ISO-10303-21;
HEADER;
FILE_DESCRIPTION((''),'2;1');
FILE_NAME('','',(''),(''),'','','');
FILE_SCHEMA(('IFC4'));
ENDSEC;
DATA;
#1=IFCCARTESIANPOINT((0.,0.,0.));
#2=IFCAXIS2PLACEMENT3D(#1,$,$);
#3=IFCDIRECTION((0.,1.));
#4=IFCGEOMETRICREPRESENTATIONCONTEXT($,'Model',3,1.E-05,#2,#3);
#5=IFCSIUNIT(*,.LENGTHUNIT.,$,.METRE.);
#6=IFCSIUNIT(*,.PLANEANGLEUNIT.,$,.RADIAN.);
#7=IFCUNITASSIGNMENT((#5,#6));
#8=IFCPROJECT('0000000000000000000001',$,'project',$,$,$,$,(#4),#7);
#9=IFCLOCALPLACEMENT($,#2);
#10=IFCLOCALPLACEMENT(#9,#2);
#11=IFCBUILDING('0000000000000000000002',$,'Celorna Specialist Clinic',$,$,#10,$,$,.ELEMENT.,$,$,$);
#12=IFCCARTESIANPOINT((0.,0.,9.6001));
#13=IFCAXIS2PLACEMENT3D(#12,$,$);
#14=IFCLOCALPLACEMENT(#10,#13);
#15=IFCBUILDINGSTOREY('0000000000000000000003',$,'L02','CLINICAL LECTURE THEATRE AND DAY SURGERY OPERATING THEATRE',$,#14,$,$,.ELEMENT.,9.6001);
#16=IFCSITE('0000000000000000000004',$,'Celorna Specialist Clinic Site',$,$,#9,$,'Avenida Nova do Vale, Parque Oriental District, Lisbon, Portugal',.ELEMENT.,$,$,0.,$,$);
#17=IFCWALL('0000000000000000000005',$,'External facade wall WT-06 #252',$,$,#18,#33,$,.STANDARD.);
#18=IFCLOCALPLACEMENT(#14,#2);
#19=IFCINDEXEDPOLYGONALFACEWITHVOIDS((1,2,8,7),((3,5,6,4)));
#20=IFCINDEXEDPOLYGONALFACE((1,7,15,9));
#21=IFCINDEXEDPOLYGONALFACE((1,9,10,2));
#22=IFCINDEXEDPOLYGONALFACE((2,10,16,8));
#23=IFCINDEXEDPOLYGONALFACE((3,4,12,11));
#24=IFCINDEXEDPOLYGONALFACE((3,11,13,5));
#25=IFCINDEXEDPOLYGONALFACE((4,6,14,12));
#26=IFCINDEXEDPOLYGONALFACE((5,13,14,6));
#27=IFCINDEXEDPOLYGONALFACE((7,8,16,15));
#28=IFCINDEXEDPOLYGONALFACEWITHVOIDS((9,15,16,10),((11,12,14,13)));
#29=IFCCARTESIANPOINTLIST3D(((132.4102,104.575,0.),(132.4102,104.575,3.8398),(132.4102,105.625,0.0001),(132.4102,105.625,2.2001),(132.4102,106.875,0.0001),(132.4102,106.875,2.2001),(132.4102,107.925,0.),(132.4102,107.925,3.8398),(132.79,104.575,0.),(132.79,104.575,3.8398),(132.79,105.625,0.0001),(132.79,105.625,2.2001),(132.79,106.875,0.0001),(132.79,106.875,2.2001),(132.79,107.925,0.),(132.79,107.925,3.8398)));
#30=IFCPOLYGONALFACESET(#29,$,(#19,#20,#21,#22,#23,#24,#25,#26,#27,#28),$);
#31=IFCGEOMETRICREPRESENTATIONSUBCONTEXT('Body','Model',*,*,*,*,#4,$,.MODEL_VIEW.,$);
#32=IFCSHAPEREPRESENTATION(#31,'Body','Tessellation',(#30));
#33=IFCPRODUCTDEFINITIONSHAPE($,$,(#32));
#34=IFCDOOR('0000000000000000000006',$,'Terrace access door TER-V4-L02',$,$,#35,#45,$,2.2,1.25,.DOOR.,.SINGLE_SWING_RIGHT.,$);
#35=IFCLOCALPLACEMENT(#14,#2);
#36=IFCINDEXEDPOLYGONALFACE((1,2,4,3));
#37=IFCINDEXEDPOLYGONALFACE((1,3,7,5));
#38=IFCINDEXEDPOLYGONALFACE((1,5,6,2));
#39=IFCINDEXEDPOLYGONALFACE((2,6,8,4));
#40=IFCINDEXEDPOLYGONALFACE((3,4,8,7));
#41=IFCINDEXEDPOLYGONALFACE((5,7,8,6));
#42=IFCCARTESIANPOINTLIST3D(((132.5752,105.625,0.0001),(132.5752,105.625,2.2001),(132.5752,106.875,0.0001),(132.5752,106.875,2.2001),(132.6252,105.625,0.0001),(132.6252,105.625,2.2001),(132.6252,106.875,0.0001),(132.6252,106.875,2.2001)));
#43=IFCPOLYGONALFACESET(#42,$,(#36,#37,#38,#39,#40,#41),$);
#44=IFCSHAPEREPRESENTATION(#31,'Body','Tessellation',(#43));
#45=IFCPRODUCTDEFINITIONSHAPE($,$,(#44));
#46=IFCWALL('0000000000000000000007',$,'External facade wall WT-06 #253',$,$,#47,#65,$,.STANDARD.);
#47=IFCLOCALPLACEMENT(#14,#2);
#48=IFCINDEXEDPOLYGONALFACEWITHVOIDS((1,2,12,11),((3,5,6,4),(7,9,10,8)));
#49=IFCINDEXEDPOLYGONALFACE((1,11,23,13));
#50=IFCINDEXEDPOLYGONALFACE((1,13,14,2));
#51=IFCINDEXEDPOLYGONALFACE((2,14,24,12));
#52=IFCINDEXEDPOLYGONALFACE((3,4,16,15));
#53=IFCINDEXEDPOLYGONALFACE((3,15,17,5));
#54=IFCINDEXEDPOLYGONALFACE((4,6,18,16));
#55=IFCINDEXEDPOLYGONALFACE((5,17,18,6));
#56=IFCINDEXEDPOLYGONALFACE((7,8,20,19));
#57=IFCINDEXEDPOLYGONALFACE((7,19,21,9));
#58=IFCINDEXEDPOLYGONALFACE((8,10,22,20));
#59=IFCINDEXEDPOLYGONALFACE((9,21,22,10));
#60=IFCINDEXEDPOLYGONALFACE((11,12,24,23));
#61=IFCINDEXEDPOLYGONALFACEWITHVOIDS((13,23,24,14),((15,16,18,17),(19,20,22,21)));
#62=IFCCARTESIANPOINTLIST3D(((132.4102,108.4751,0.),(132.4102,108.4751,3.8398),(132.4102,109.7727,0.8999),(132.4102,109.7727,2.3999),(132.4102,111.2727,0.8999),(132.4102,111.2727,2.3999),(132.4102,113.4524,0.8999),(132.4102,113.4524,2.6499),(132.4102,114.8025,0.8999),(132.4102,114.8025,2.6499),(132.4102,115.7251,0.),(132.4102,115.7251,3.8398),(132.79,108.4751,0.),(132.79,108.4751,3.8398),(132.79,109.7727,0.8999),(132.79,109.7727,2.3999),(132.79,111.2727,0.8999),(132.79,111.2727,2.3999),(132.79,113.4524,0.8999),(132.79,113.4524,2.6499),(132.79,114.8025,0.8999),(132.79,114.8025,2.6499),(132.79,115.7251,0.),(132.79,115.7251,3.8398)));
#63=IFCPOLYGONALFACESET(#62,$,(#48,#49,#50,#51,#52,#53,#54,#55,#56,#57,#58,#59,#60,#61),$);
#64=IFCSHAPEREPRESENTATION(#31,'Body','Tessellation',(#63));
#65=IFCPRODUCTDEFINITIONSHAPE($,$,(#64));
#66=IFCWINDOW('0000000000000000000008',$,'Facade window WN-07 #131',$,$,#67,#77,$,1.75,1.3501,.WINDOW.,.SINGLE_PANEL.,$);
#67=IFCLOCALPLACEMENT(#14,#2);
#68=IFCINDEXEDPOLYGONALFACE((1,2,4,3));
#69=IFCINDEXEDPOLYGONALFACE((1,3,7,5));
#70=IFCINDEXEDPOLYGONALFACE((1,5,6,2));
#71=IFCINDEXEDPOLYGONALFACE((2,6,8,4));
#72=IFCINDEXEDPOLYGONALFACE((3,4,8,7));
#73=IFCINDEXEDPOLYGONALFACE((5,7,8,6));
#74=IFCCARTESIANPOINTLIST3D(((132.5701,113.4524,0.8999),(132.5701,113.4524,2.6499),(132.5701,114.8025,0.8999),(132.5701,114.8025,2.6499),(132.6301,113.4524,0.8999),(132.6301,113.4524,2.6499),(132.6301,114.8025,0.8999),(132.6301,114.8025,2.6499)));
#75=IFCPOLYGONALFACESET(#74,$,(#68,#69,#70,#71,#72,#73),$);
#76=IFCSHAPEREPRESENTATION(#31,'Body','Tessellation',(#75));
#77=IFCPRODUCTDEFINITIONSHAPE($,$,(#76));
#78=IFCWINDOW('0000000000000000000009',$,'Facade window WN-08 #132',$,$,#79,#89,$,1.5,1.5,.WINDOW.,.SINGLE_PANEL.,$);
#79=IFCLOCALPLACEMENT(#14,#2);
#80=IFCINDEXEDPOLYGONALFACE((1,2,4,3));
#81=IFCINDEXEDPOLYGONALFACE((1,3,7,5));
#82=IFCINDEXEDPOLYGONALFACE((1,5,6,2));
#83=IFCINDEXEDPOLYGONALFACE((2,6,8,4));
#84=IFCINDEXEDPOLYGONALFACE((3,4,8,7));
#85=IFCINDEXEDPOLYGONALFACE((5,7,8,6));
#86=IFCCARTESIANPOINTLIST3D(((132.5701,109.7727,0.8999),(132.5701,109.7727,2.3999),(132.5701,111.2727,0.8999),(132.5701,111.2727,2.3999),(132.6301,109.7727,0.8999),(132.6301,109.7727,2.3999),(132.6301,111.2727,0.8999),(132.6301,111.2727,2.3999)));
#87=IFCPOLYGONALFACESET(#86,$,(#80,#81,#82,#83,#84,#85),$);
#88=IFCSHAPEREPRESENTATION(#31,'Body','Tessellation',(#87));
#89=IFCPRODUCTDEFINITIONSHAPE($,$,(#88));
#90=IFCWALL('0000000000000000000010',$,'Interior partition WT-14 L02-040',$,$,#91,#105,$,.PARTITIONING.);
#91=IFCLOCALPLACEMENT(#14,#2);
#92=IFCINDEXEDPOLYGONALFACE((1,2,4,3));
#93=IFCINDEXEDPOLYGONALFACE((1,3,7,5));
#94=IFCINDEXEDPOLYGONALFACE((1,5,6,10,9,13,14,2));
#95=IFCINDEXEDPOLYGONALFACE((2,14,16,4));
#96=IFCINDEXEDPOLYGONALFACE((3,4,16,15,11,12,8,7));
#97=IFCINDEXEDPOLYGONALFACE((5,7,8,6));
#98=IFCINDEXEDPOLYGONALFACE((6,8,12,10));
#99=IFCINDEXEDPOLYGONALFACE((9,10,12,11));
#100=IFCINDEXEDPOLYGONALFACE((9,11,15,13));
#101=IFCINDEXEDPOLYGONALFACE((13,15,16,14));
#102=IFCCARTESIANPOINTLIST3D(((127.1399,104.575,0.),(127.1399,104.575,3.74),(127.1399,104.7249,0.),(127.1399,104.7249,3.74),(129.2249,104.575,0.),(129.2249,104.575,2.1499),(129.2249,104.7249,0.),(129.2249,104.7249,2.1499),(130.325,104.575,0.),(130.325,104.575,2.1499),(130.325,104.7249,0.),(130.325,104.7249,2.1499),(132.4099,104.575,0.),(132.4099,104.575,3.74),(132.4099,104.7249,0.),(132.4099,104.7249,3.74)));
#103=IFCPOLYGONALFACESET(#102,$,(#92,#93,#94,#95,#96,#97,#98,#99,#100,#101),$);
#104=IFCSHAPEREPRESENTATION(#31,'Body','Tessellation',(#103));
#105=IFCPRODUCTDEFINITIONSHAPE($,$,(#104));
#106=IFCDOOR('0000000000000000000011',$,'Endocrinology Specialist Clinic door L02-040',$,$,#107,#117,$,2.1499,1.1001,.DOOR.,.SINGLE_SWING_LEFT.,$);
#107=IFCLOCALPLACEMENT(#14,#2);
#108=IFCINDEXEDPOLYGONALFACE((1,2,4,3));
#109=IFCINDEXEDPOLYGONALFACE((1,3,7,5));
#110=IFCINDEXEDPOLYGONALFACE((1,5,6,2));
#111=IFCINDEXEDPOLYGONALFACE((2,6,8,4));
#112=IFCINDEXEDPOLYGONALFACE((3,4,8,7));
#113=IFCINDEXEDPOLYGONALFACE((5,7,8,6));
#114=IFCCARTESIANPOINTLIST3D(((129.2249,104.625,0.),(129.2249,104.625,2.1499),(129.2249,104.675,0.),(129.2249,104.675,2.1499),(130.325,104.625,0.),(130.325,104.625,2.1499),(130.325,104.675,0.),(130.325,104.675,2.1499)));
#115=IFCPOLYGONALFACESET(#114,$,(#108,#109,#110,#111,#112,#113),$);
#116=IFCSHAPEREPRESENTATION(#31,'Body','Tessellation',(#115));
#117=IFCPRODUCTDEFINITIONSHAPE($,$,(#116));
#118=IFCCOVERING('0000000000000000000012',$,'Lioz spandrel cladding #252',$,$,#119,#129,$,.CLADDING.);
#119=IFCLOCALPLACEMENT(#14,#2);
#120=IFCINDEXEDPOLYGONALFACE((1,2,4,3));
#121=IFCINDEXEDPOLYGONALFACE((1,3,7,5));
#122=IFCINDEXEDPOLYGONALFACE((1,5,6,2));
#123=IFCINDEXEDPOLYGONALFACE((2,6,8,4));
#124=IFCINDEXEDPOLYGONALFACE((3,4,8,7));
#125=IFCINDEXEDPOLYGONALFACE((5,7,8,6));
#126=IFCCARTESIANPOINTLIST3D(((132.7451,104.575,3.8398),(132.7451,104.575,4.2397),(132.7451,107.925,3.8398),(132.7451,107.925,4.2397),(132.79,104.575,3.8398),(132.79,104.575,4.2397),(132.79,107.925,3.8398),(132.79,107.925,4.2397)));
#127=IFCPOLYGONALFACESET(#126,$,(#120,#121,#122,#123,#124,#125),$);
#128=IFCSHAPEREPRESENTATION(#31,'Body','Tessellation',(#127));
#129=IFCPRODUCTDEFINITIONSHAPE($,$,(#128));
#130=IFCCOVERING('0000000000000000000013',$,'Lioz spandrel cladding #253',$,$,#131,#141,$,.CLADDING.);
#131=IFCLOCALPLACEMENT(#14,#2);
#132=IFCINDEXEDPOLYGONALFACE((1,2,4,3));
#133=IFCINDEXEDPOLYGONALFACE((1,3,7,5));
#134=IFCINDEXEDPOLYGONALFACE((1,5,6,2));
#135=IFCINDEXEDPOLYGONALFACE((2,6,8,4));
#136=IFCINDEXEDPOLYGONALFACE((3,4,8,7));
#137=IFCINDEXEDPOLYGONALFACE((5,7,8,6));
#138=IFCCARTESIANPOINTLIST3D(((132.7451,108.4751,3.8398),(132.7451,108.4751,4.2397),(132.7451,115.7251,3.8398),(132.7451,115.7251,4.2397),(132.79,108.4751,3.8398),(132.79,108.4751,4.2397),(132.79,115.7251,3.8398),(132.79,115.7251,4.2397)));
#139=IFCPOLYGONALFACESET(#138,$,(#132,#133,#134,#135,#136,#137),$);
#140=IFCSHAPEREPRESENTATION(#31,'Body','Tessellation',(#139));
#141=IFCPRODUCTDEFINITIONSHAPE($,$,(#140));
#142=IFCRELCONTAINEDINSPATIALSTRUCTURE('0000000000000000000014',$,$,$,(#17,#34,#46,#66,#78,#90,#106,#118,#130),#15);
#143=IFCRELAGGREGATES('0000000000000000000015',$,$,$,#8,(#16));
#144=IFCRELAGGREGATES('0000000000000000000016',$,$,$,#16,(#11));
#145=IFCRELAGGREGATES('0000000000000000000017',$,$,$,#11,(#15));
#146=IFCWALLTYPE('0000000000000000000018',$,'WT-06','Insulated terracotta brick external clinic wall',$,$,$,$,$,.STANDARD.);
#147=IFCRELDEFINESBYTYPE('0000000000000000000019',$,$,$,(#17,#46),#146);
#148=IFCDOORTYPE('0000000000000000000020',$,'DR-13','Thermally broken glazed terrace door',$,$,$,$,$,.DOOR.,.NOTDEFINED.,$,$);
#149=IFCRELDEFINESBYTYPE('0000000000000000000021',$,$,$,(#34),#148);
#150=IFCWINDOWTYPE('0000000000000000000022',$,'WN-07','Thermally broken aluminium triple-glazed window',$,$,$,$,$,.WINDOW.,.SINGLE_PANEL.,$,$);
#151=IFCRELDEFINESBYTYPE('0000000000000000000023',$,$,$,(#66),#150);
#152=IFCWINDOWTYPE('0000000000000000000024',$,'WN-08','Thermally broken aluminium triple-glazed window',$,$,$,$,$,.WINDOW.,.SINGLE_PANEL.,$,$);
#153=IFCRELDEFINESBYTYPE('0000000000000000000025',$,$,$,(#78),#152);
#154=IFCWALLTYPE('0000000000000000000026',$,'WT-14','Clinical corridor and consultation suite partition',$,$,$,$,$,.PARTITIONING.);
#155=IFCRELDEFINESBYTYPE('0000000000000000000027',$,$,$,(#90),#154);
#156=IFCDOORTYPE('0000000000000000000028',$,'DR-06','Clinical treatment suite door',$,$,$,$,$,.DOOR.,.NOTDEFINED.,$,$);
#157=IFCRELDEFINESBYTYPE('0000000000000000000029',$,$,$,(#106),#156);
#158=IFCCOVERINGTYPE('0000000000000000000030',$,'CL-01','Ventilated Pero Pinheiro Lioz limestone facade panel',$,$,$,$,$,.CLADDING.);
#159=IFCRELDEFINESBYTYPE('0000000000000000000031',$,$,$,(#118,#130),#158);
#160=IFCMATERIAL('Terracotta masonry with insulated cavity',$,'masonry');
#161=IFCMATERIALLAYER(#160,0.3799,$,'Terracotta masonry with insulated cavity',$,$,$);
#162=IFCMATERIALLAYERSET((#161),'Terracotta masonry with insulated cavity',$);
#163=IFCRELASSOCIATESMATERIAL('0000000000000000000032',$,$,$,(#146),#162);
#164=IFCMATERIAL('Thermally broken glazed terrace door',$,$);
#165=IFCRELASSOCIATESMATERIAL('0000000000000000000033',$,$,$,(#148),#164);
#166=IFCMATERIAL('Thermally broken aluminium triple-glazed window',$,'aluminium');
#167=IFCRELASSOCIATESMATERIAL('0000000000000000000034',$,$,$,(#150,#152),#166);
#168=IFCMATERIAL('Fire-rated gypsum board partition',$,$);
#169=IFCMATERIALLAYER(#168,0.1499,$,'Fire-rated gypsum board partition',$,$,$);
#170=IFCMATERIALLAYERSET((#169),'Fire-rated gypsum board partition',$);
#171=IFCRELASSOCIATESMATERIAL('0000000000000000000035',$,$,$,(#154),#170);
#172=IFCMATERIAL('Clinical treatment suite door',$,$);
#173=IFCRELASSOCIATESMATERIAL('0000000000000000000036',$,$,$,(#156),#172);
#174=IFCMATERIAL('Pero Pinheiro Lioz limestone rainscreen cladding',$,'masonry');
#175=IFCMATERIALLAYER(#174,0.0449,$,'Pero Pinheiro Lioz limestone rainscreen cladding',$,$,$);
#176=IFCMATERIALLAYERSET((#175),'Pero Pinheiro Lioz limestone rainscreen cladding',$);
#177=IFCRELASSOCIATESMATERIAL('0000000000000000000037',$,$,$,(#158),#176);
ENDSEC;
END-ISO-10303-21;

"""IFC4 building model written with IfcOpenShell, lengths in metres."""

from ifc_helpers import new_model, si_unit, direction, frame, frame_2d, origin, origin_2d, place, context, subcontext, project, spatial, rectangle, extrude, material, layer, layer_set, type_object, element, fill, save


model = new_model("IFC4")

# Units and contexts
model_context = context("Model", 3, precision=1e-05, world=origin(), true_north=direction((0.0, 1.0)))
body_context = subcontext(model_context, "Body", "Model", "MODEL_VIEW")
ifc_project = project(units=[si_unit("LENGTHUNIT", "METRE"), si_unit("PLANEANGLEUNIT", "RADIAN")], contexts=[model_context])

# Site, building, storey
site_placement = place(None, origin())
site = spatial("IfcSite", under=ifc_project, at=site_placement, Name="Celorna Specialist Clinic Site", LongName="Avenida Nova do Vale, Parque Oriental District, Lisbon, Portugal", CompositionType="ELEMENT", RefElevation=0.0)
building_placement = place(site_placement, origin())
building = spatial("IfcBuilding", under=site, at=building_placement, Name="Celorna Specialist Clinic", CompositionType="ELEMENT")
storey_placement = place(building_placement, frame((0.0, 0.0, 9.6001)))
storey = spatial("IfcBuildingStorey", under=building, at=storey_placement, Name="L02", Description="CLINICAL LECTURE THEATRE AND DAY SURGERY OPERATING THEATRE", CompositionType="ELEMENT", Elevation=9.6001)

# Shared definitions
ifc_material_1 = material(Name="Terracotta masonry with insulated cavity", Category="masonry")
ifc_layer_1 = layer(ifc_material_1, 0.3799, Name="Terracotta masonry with insulated cavity")
ifc_layer_set_1 = layer_set([ifc_layer_1], Name="Terracotta masonry with insulated cavity")
wall_type_1 = type_object("IfcWallType", Name="WT-06", Description="Insulated terracotta brick external clinic wall", PredefinedType="STANDARD", material=ifc_layer_set_1)
ifc_material_2 = material(Name="Thermally broken aluminium triple-glazed window", Category="aluminium")

# Wall, opening, door
wall_1_placement = place(storey_placement, frame((132.6001, 107.925, 0.0), z_axis=(0.0, 0.0, 1.0), x_axis=(0.0, -1.0, 0.0)))
wall_1 = element("IfcWall", 1, at=wall_1_placement, inside=storey, type_object=wall_type_1, Name="External facade wall WT-06 #252", PredefinedType="STANDARD", context=body_context, shape_type="SweptSolid", body=[
    extrude(rectangle(XDim=3.3501, YDim=0.3799, at=frame_2d((1.675, 0.0))), origin(), (0.0, 0.0, 1.0), 3.8398),
])
opening_1_placement = place(wall_1_placement, frame((1.05, 0.0, 0.0)))
opening_1 = element("IfcOpeningElement", 2, at=opening_1_placement, cuts=wall_1, PredefinedType="OPENING", context=body_context, shape_type="SweptSolid", body=[
    extrude(rectangle(XDim=1.25, YDim=2.2, at=frame_2d((0.625, 1.1001))), frame((0.0, 0.2, 0.0), z_axis=(0.0, -1.0, 0.0), x_axis=(1.0, 0.0, 0.0)), (0.0, 0.0, 1.0), 0.3999),
])
ifc_material_3 = material(Name="Thermally broken glazed terrace door")
door_type_1 = type_object("IfcDoorType", Name="DR-13", Description="Thermally broken glazed terrace door", OperationType="NOTDEFINED", PredefinedType="DOOR", material=ifc_material_3)
door_1_placement = place(opening_1_placement, frame((1.25, 0.0, 0.0), z_axis=(0.0, 0.0, 1.0), x_axis=(-1.0, 0.0, 0.0)))
door_1 = element("IfcDoor", 3, at=door_1_placement, inside=storey, type_object=door_type_1, Name="Terrace access door TER-V4-L02", OperationType="SINGLE_SWING_RIGHT", OverallHeight=2.2, OverallWidth=1.25, PredefinedType="DOOR", context=body_context, shape_type="SweptSolid", body=[
    extrude(rectangle(XDim=1.25, YDim=2.2, at=frame_2d((0.625, 1.1001))), frame((0.0, 0.0249, 0.0), z_axis=(0.0, -1.0, 0.0), x_axis=(1.0, 0.0, 0.0)), (0.0, 0.0, 1.0), 0.05),
])
fill(opening_1, door_1)

# Wall, openings, windows
wall_2_placement = place(storey_placement, frame((132.6001, 115.7251, 0.0), z_axis=(0.0, 0.0, 1.0), x_axis=(0.0, -1.0, 0.0)))
wall_2 = element("IfcWall", 4, at=wall_2_placement, inside=storey, type_object=wall_type_1, Name="External facade wall WT-06 #253", PredefinedType="STANDARD", context=body_context, shape_type="SweptSolid", body=[
    extrude(rectangle(XDim=7.25, YDim=0.3799, at=frame_2d((3.625, 0.0))), origin(), (0.0, 0.0, 1.0), 3.8398),
])
opening_2_placement = place(wall_2_placement, frame((0.9226, 0.0, 0.8999)))
opening_2 = element("IfcOpeningElement", 5, at=opening_2_placement, cuts=wall_2, PredefinedType="OPENING", context=body_context, shape_type="SweptSolid", body=[
    extrude(rectangle(XDim=1.3501, YDim=1.75, at=frame_2d((0.675, 0.875))), frame((0.0, 0.2, 0.0), z_axis=(0.0, -1.0, 0.0), x_axis=(1.0, 0.0, 0.0)), (0.0, 0.0, 1.0), 0.3999),
])
opening_3_placement = place(wall_2_placement, frame((4.4524, 0.0, 0.8999)))
opening_3 = element("IfcOpeningElement", 6, at=opening_3_placement, cuts=wall_2, PredefinedType="OPENING", context=body_context, shape_type="SweptSolid", body=[
    extrude(rectangle(XDim=1.5, YDim=1.5, at=frame_2d((0.75, 0.75))), frame((0.0, 0.2, 0.0), z_axis=(0.0, -1.0, 0.0), x_axis=(1.0, 0.0, 0.0)), (0.0, 0.0, 1.0), 0.3999),
])
window_type_1 = type_object("IfcWindowType", Name="WN-07", Description="Thermally broken aluminium triple-glazed window", PartitioningType="SINGLE_PANEL", PredefinedType="WINDOW", material=ifc_material_2)
window_1_placement = place(opening_2_placement, origin())
window_1 = element("IfcWindow", 7, at=window_1_placement, inside=storey, type_object=window_type_1, Name="Facade window WN-07 #131", OverallHeight=1.75, OverallWidth=1.3501, PartitioningType="SINGLE_PANEL", PredefinedType="WINDOW", context=body_context, shape_type="SweptSolid", body=[
    extrude(rectangle(XDim=1.3501, YDim=1.75, at=frame_2d((0.675, 0.875))), frame((0.0, 0.03, 0.0), z_axis=(0.0, -1.0, 0.0), x_axis=(1.0, 0.0, 0.0)), (0.0, 0.0, 1.0), 0.0601),
])
fill(opening_2, window_1)
window_type_2 = type_object("IfcWindowType", Name="WN-08", Description="Thermally broken aluminium triple-glazed window", PartitioningType="SINGLE_PANEL", PredefinedType="WINDOW", material=ifc_material_2)
window_2_placement = place(opening_3_placement, origin())
window_2 = element("IfcWindow", 8, at=window_2_placement, inside=storey, type_object=window_type_2, Name="Facade window WN-08 #132", OverallHeight=1.5, OverallWidth=1.5, PartitioningType="SINGLE_PANEL", PredefinedType="WINDOW", context=body_context, shape_type="SweptSolid", body=[
    extrude(rectangle(XDim=1.5, YDim=1.5, at=frame_2d((0.75, 0.75))), frame((0.0, 0.03, 0.0), z_axis=(0.0, -1.0, 0.0), x_axis=(1.0, 0.0, 0.0)), (0.0, 0.0, 1.0), 0.0601),
])
fill(opening_3, window_2)

# Wall, opening, door
ifc_material_4 = material(Name="Fire-rated gypsum board partition")
ifc_layer_2 = layer(ifc_material_4, 0.1499, Name="Fire-rated gypsum board partition")
ifc_layer_set_2 = layer_set([ifc_layer_2], Name="Fire-rated gypsum board partition")
wall_type_2 = type_object("IfcWallType", Name="WT-14", Description="Clinical corridor and consultation suite partition", PredefinedType="PARTITIONING", material=ifc_layer_set_2)
wall_3_placement = place(storey_placement, frame((132.4099, 104.6499, 0.0), z_axis=(0.0, 0.0, 1.0), x_axis=(-1.0, 0.0, 0.0)))
wall_3 = element("IfcWall", 9, at=wall_3_placement, inside=storey, type_object=wall_type_2, Name="Interior partition WT-14 L02-040", PredefinedType="PARTITIONING", context=body_context, shape_type="SweptSolid", body=[
    extrude(rectangle(XDim=5.27, YDim=0.1499, at=frame_2d((2.635, 0.0))), origin(), (0.0, 0.0, 1.0), 3.74),
])
opening_4_placement = place(wall_3_placement, frame((2.085, 0.0, 0.0)))
opening_4 = element("IfcOpeningElement", 10, at=opening_4_placement, cuts=wall_3, PredefinedType="OPENING", context=body_context, shape_type="SweptSolid", body=[
    extrude(rectangle(XDim=1.1001, YDim=2.1499, at=frame_2d((0.55, 1.075))), frame((0.0, 0.085, 0.0), z_axis=(0.0, -1.0, 0.0), x_axis=(1.0, 0.0, 0.0)), (0.0, 0.0, 1.0), 0.1699),
])
ifc_material_5 = material(Name="Clinical treatment suite door")
door_type_2 = type_object("IfcDoorType", Name="DR-06", Description="Clinical treatment suite door", OperationType="NOTDEFINED", PredefinedType="DOOR", material=ifc_material_5)
door_2_placement = place(opening_4_placement, origin())
door_2 = element("IfcDoor", 11, at=door_2_placement, inside=storey, type_object=door_type_2, Name="Endocrinology Specialist Clinic door L02-040", OperationType="SINGLE_SWING_LEFT", OverallHeight=2.1499, OverallWidth=1.1001, PredefinedType="DOOR", context=body_context, shape_type="SweptSolid", body=[
    extrude(rectangle(XDim=1.1001, YDim=2.1499, at=frame_2d((0.55, 1.075))), frame((0.0, 0.0249, 0.0), z_axis=(0.0, -1.0, 0.0), x_axis=(1.0, 0.0, 0.0)), (0.0, 0.0, 1.0), 0.05),
])
fill(opening_4, door_2)

# Coverings
ifc_material_6 = material(Name="Pero Pinheiro Lioz limestone rainscreen cladding", Category="masonry")
ifc_layer_3 = layer(ifc_material_6, 0.0449, Name="Pero Pinheiro Lioz limestone rainscreen cladding")
ifc_layer_set_3 = layer_set([ifc_layer_3], Name="Pero Pinheiro Lioz limestone rainscreen cladding")
covering_type = type_object("IfcCoveringType", Name="CL-01", Description="Ventilated Pero Pinheiro Lioz limestone facade panel", PredefinedType="CLADDING", material=ifc_layer_set_3)
covering_1_placement = place(storey_placement, frame((132.7676, 106.25, 3.8398), z_axis=(0.0, 0.0, 1.0), x_axis=(0.0, -1.0, 0.0)))
element("IfcCovering", 12, at=covering_1_placement, inside=storey, type_object=covering_type, Name="Lioz spandrel cladding #252", PredefinedType="CLADDING", context=body_context, shape_type="SweptSolid", body=[
    extrude(rectangle(XDim=3.3501, YDim=0.0449, at=origin_2d()), origin(), (0.0, 0.0, 1.0), 0.3999),
])
covering_2_placement = place(storey_placement, frame((132.7676, 112.1001, 3.8398), z_axis=(0.0, 0.0, 1.0), x_axis=(0.0, -1.0, 0.0)))
element("IfcCovering", 13, at=covering_2_placement, inside=storey, type_object=covering_type, Name="Lioz spandrel cladding #253", PredefinedType="CLADDING", context=body_context, shape_type="SweptSolid", body=[
    extrude(rectangle(XDim=7.25, YDim=0.0449, at=origin_2d()), origin(), (0.0, 0.0, 1.0), 0.3999),
])

save(model, "model.ifc")
